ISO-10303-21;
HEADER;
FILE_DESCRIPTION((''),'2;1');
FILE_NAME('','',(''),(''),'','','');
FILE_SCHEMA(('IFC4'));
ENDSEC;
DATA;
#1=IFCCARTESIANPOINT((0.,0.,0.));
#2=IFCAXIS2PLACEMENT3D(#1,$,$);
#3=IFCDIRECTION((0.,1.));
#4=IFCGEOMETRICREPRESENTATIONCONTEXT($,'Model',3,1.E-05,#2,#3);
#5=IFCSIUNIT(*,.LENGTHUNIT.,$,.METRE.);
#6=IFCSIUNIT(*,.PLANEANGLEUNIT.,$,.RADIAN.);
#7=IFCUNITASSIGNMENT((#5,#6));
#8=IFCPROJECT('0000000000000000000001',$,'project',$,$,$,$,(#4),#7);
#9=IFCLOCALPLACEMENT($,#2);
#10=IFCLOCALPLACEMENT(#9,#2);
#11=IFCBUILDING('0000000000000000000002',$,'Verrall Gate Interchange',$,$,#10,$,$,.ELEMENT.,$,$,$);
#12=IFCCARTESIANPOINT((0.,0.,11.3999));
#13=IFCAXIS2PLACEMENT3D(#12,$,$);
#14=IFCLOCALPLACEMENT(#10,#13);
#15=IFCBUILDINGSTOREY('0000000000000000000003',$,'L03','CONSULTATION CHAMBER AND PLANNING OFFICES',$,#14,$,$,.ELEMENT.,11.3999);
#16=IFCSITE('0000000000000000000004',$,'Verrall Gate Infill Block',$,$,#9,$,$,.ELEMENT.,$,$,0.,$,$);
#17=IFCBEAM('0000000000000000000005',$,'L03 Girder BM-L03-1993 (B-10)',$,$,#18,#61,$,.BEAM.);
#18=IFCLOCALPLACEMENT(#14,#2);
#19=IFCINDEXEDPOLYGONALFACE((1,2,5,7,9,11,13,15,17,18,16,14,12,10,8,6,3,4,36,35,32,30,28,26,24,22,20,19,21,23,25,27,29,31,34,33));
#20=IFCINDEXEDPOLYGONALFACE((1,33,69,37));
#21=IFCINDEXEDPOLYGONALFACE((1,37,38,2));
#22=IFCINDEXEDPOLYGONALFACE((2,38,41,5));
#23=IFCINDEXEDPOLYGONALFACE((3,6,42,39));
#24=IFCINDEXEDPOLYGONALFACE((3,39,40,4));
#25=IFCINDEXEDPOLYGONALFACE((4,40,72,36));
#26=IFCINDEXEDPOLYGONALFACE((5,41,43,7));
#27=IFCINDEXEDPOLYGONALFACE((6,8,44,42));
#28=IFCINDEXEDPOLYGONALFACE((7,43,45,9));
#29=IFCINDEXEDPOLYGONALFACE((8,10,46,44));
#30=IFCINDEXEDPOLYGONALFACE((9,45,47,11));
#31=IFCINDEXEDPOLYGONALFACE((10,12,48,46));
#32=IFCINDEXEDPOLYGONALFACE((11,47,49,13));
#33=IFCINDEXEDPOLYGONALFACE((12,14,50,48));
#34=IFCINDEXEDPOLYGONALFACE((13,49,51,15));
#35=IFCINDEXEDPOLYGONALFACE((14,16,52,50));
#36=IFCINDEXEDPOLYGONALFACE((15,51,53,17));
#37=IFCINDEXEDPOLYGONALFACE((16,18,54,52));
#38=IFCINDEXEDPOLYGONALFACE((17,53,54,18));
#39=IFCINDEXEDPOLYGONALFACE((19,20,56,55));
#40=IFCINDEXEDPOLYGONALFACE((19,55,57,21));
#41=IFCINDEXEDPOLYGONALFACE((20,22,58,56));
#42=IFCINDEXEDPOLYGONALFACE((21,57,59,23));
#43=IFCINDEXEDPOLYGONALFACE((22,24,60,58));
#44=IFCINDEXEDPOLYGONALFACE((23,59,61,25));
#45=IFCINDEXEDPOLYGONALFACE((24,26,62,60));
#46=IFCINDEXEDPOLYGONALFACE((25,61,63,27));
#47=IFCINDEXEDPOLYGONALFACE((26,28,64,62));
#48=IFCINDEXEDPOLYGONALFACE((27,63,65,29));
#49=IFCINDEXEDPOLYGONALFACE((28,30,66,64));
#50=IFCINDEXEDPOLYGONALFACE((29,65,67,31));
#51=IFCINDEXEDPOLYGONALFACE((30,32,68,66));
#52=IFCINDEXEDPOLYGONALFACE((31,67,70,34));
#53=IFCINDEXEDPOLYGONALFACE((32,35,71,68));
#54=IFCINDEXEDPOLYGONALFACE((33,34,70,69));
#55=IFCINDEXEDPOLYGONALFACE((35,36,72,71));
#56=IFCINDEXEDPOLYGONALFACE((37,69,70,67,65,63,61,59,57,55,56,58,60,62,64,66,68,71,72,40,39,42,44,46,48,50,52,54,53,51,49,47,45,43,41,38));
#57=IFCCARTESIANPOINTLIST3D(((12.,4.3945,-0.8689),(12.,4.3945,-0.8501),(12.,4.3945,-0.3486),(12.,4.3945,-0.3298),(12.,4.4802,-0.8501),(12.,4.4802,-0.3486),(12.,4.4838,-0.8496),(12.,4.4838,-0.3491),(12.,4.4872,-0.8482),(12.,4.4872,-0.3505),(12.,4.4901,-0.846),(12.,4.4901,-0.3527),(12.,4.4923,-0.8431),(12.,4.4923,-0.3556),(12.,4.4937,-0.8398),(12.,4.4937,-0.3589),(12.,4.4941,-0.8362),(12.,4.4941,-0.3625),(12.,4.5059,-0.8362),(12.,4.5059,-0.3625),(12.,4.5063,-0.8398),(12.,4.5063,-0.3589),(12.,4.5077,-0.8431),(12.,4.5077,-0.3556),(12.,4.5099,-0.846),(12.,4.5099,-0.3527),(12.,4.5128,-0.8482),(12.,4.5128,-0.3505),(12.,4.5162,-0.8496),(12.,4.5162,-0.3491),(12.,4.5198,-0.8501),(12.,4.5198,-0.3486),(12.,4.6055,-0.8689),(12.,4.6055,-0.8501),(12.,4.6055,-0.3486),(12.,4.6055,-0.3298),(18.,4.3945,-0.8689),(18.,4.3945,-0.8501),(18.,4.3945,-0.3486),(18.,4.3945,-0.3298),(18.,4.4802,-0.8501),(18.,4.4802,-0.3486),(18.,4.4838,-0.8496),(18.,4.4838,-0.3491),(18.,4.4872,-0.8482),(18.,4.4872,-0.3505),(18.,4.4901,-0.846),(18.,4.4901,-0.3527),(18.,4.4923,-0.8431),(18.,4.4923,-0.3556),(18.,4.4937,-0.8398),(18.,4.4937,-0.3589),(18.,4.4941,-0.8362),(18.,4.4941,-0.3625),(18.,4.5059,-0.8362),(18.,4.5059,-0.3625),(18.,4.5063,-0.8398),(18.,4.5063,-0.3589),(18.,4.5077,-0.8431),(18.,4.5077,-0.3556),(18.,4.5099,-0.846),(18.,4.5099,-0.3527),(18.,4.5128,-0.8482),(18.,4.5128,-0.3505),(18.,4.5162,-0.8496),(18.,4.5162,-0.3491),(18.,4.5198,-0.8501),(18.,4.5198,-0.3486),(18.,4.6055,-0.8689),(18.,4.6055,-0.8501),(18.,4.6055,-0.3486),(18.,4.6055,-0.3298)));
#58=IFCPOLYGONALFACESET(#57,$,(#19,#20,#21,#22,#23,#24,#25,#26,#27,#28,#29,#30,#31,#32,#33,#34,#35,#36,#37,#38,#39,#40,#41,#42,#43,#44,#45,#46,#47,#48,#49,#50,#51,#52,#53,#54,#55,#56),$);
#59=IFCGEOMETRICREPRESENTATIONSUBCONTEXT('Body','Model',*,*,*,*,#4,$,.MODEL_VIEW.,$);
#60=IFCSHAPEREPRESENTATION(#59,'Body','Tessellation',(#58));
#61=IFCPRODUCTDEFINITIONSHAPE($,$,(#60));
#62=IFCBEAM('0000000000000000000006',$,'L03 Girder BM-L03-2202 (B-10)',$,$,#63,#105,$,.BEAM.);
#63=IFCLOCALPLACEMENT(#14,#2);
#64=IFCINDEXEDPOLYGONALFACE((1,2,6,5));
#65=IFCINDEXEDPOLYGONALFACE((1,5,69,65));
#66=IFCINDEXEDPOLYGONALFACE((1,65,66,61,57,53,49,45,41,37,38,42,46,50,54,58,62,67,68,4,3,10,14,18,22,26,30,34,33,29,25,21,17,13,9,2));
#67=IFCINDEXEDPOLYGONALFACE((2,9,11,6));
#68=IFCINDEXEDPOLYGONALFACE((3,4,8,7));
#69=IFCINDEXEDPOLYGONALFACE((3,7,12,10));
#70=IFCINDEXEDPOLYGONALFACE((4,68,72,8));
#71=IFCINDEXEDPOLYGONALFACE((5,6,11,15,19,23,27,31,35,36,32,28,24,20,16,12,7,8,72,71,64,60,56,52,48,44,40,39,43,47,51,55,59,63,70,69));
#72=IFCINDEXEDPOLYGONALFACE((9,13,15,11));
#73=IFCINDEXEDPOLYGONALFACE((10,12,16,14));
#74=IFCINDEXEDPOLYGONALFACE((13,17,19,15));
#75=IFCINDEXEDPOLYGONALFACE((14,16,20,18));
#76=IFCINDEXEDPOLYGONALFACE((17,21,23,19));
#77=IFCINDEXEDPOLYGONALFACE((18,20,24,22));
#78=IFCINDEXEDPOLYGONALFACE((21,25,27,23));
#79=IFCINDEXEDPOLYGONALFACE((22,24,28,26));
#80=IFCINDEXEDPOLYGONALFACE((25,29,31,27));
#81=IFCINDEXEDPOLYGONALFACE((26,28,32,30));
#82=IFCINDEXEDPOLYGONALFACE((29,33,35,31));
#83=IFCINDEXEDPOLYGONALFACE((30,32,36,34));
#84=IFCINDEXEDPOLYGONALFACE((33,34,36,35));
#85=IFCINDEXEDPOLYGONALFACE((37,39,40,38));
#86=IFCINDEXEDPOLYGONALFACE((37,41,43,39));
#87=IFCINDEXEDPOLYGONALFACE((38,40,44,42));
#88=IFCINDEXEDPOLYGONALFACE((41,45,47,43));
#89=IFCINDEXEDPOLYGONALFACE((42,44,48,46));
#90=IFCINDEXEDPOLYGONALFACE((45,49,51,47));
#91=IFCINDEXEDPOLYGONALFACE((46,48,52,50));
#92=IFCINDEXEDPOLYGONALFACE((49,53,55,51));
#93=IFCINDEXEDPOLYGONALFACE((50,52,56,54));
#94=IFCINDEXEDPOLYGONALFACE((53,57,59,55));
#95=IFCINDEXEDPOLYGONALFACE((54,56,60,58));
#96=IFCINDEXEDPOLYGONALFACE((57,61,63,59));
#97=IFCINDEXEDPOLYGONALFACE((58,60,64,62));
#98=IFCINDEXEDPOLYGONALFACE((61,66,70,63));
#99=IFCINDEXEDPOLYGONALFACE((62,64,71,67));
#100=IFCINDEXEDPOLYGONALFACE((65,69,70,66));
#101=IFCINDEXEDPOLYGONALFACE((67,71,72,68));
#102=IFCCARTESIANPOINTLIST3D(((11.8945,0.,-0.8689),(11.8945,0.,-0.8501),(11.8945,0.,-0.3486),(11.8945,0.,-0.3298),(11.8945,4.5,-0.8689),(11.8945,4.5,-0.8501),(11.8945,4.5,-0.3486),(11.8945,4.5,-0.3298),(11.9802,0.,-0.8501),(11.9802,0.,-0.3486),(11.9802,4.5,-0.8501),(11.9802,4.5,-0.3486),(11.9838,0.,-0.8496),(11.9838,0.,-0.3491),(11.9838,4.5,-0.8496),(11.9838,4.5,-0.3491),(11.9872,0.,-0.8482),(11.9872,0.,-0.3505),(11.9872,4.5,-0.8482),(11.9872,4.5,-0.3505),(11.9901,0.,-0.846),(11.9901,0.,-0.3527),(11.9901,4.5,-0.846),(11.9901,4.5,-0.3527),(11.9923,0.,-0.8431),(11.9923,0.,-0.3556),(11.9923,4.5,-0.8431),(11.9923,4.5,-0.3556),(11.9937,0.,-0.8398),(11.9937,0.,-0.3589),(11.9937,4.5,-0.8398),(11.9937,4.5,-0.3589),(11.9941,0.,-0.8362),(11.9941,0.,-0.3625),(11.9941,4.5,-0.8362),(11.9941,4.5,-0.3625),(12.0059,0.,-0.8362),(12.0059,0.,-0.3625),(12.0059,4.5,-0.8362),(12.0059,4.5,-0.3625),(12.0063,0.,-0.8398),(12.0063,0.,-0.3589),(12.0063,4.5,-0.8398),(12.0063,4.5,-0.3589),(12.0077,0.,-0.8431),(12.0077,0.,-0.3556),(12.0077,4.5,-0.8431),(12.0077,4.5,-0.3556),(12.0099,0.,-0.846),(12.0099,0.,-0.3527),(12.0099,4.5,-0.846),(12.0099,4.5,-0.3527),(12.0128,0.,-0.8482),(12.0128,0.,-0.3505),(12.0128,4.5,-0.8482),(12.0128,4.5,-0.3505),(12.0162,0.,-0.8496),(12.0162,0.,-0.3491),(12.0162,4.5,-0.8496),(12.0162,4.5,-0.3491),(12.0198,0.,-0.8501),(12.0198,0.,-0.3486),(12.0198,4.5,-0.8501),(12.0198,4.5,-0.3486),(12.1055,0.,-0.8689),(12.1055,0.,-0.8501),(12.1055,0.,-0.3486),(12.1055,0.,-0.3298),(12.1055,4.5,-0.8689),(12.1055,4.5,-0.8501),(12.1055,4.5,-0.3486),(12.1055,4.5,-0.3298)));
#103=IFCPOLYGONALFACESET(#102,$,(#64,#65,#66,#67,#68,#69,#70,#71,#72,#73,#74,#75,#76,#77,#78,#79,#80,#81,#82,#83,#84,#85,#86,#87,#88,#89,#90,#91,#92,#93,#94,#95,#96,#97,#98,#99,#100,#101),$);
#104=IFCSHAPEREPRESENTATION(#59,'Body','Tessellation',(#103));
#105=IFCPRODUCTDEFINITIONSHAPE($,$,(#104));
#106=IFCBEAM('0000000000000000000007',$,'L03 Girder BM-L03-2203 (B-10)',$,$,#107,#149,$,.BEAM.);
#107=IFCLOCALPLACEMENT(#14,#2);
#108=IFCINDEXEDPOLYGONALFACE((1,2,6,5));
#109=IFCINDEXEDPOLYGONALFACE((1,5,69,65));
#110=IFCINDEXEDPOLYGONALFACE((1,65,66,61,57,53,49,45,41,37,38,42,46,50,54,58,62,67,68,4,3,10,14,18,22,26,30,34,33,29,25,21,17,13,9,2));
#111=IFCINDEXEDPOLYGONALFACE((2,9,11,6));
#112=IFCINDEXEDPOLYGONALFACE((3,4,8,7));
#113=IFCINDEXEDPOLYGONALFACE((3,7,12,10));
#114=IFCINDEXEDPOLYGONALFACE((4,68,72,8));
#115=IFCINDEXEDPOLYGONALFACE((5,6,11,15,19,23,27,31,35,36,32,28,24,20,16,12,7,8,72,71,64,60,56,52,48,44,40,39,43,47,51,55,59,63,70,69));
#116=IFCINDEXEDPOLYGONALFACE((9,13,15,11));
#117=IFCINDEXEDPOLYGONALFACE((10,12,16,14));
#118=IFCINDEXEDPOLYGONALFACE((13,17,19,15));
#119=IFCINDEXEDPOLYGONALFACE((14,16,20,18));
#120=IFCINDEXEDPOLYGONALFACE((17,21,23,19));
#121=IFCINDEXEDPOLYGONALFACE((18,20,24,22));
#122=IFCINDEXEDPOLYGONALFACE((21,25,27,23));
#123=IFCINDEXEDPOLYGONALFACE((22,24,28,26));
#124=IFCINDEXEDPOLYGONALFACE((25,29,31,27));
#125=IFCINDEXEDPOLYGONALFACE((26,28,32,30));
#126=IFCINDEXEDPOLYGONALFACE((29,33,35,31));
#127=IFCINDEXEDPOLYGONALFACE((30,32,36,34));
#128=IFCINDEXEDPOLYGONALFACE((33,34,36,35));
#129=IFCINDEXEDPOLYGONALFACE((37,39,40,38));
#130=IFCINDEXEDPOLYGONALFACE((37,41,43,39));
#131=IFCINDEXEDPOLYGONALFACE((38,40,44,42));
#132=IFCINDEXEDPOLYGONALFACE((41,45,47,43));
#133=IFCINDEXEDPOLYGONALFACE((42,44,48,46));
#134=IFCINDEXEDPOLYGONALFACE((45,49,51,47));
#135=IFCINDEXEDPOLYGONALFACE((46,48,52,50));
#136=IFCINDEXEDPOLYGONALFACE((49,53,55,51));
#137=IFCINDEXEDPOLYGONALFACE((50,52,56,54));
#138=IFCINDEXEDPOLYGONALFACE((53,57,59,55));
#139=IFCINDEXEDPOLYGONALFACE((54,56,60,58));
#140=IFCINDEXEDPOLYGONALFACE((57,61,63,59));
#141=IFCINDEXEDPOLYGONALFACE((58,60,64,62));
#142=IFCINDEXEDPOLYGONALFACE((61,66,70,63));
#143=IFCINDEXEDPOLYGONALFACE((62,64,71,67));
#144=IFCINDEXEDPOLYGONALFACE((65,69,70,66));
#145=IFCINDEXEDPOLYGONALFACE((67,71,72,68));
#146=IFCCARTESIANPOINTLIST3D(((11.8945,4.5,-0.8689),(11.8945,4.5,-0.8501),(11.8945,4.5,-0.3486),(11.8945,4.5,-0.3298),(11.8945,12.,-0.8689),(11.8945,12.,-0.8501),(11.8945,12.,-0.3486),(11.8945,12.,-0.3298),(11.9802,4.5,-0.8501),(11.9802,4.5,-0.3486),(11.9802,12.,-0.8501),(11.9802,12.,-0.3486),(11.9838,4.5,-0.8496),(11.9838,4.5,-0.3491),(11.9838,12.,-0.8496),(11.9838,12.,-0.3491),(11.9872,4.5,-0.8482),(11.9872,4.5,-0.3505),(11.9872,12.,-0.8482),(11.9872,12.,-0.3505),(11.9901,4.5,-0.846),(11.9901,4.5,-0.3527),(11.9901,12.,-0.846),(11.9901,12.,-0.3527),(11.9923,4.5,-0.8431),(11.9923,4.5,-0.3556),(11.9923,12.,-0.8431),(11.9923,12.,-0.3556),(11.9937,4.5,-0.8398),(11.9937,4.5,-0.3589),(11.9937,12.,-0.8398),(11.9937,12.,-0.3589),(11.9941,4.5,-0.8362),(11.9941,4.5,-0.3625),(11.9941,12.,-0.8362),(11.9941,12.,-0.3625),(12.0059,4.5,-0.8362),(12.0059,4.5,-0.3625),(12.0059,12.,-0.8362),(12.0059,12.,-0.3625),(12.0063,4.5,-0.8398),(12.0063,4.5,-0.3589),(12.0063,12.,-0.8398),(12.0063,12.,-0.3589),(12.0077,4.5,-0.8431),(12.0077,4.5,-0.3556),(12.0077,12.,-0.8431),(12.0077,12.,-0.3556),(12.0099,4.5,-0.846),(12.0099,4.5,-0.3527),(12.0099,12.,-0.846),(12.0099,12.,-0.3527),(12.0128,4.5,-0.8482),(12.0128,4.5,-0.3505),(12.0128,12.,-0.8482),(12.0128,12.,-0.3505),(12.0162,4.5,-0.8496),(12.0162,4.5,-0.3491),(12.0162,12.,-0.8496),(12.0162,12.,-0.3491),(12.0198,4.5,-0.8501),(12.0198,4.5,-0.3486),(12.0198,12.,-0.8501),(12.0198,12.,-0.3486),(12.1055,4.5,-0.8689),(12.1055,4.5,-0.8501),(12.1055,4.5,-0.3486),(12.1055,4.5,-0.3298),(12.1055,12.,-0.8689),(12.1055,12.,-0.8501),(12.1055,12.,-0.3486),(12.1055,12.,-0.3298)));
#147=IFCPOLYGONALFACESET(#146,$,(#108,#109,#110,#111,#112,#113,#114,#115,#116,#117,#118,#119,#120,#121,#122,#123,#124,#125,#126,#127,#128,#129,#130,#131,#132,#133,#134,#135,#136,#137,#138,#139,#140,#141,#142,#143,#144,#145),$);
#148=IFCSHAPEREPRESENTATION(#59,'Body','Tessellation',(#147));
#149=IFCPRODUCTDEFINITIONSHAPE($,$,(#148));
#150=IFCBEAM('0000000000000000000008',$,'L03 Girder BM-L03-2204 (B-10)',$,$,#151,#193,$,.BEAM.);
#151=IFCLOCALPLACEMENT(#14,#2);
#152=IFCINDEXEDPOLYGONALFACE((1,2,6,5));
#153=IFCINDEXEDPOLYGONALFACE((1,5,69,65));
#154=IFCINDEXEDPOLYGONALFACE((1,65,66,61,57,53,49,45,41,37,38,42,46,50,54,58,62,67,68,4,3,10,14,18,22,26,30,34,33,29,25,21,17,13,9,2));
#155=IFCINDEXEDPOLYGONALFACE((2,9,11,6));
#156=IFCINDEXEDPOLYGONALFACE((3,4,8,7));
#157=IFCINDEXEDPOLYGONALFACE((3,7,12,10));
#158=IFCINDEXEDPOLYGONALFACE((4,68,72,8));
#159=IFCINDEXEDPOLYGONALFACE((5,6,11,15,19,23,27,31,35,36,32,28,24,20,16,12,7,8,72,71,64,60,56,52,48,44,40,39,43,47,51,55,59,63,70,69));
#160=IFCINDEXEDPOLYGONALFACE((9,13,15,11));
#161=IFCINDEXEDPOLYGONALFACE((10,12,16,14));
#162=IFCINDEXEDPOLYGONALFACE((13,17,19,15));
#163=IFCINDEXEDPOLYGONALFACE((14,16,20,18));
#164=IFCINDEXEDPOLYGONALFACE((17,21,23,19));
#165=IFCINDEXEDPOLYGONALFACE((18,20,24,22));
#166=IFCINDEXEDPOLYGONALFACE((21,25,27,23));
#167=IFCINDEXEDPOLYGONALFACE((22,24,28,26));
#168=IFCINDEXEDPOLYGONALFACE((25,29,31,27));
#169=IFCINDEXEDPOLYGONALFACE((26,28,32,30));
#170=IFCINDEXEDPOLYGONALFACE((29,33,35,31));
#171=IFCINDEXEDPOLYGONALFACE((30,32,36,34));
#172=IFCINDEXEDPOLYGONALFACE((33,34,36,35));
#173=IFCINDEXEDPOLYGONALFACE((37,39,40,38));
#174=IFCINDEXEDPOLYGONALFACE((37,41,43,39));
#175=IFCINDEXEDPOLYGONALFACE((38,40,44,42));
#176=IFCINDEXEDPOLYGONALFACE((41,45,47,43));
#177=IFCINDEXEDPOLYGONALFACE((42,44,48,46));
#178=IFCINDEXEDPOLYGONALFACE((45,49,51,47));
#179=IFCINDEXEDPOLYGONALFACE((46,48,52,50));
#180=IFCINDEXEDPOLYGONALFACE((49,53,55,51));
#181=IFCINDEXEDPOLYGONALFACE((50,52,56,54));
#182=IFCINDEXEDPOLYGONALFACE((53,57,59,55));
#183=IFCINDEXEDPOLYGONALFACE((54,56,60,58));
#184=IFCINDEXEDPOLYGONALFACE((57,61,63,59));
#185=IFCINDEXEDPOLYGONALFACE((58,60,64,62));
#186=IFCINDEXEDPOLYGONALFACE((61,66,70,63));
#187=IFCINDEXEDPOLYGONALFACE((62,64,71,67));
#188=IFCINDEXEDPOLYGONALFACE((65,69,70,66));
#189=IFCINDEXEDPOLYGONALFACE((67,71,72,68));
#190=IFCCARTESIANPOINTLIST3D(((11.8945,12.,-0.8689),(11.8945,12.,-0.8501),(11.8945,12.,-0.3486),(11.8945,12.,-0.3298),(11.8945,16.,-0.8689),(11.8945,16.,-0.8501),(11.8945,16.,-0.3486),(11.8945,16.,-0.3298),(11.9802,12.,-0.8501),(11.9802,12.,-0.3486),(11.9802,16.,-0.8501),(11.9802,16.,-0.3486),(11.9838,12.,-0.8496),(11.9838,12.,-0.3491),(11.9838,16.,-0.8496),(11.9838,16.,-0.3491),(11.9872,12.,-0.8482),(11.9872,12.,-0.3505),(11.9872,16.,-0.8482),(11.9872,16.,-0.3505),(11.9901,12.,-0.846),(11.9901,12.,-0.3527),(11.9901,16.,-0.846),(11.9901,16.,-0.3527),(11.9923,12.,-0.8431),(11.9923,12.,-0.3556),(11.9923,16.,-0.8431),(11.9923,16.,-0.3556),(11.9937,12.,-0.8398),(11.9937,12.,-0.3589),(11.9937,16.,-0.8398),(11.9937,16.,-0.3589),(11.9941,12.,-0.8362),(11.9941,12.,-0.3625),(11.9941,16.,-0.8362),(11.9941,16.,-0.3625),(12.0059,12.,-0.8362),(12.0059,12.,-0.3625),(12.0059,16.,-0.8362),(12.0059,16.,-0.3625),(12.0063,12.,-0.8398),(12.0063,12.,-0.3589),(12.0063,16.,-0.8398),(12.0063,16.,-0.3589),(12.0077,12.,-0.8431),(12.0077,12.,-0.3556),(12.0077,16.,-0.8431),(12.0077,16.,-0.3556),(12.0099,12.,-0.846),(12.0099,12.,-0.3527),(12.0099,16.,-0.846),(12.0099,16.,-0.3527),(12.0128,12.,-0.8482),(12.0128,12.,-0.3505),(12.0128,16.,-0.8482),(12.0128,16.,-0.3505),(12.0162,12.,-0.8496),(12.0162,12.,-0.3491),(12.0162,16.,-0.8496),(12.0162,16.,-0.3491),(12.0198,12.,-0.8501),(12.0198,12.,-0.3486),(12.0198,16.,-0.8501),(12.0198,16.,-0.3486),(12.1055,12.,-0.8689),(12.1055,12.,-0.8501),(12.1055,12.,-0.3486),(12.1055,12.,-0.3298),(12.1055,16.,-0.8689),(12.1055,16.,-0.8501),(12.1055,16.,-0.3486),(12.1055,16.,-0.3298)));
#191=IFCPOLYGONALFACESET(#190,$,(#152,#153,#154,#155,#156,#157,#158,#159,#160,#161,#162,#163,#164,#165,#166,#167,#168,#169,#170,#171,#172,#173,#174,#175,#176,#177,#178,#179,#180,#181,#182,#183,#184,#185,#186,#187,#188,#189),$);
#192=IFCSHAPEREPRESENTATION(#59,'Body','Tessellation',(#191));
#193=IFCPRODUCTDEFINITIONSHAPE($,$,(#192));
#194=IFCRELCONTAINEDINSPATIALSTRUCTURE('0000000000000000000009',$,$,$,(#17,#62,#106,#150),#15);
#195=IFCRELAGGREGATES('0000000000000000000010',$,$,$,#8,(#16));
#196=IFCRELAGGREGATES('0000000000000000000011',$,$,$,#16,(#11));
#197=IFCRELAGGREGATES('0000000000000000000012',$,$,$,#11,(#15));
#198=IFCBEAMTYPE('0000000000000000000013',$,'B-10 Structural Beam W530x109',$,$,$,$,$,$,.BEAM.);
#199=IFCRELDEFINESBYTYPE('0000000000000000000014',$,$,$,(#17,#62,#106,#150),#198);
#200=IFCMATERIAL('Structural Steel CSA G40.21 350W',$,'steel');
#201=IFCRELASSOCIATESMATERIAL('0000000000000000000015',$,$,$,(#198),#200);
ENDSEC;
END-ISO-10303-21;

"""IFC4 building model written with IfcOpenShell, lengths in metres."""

from ifc_helpers import new_model, si_unit, direction, frame, origin, origin_2d, place, context, subcontext, project, spatial, i_section, extrude, material, material_profile, profile_set, type_object, element, save


model = new_model("IFC4")

# Units and contexts
model_context = context("Model", 3, precision=1e-05, world=origin(), true_north=direction((0.0, 1.0)))
body_context = subcontext(model_context, "Body", "Model", "MODEL_VIEW")
ifc_project = project(units=[si_unit("LENGTHUNIT", "METRE"), si_unit("PLANEANGLEUNIT", "RADIAN")], contexts=[model_context])

# Site, building, storey
site_placement = place(None, origin())
site = spatial("IfcSite", under=ifc_project, at=site_placement, Name="Verrall Gate Infill Block", CompositionType="ELEMENT", RefElevation=0.0)
building_placement = place(site_placement, origin())
building = spatial("IfcBuilding", under=site, at=building_placement, Name="Verrall Gate Interchange", CompositionType="ELEMENT")
storey_placement = place(building_placement, frame((0.0, 0.0, 11.3999)))
storey = spatial("IfcBuildingStorey", under=building, at=storey_placement, Name="L03", Description="CONSULTATION CHAMBER AND PLANNING OFFICES", CompositionType="ELEMENT", Elevation=11.3999)

# Beams
ifc_material_1 = material(Name="Structural Steel CSA G40.21 350W", Category="steel")
ifc_material_profile_1 = material_profile(ifc_material_1, i_section(OverallWidth=0.2109, OverallDepth=0.5391, WebThickness=0.0117, FlangeThickness=0.0188, FilletRadius=0.0139, at=origin_2d()), Name="W530x109")
ifc_profile_set_1 = profile_set([ifc_material_profile_1], Name="Structural Steel CSA G40.21 350W")
beam_type_1 = type_object("IfcBeamType", Name="B-10 Structural Beam W530x109", PredefinedType="BEAM", material=ifc_profile_set_1)
beam_1_placement = place(storey_placement, frame((12.0, 4.5, -0.5994), z_axis=(1.0, 0.0, 0.0), x_axis=(0.0, 1.0, 0.0)))
element("IfcBeam", 1, at=beam_1_placement, inside=storey, type_object=beam_type_1, Name="L03 Girder BM-L03-1993 (B-10)", PredefinedType="BEAM", context=body_context, shape_type="SweptSolid", body=[
    extrude(i_section(OverallWidth=0.2109, OverallDepth=0.5391, WebThickness=0.0117, FlangeThickness=0.0188, FilletRadius=0.0139, at=origin_2d()), origin(), (0.0, 0.0, 1.0), 6.0),
])
beam_2_placement = place(storey_placement, frame((12.0, 0.0, -0.5994), z_axis=(0.0, 1.0, 0.0), x_axis=(-1.0, 0.0, 0.0)))
element("IfcBeam", 2, at=beam_2_placement, inside=storey, type_object=beam_type_1, Name="L03 Girder BM-L03-2202 (B-10)", PredefinedType="BEAM", context=body_context, shape_type="SweptSolid", body=[
    extrude(i_section(OverallWidth=0.2109, OverallDepth=0.5391, WebThickness=0.0117, FlangeThickness=0.0188, FilletRadius=0.0139, at=origin_2d()), origin(), (0.0, 0.0, 1.0), 4.5),
])
beam_3_placement = place(storey_placement, frame((12.0, 4.5, -0.5994), z_axis=(0.0, 1.0, 0.0), x_axis=(-1.0, 0.0, 0.0)))
element("IfcBeam", 3, at=beam_3_placement, inside=storey, type_object=beam_type_1, Name="L03 Girder BM-L03-2203 (B-10)", PredefinedType="BEAM", context=body_context, shape_type="SweptSolid", body=[
    extrude(i_section(OverallWidth=0.2109, OverallDepth=0.5391, WebThickness=0.0117, FlangeThickness=0.0188, FilletRadius=0.0139, at=origin_2d()), origin(), (0.0, 0.0, 1.0), 7.5),
])
beam_4_placement = place(storey_placement, frame((12.0, 12.0, -0.5994), z_axis=(0.0, 1.0, 0.0), x_axis=(-1.0, 0.0, 0.0)))
element("IfcBeam", 4, at=beam_4_placement, inside=storey, type_object=beam_type_1, Name="L03 Girder BM-L03-2204 (B-10)", PredefinedType="BEAM", context=body_context, shape_type="SweptSolid", body=[
    extrude(i_section(OverallWidth=0.2109, OverallDepth=0.5391, WebThickness=0.0117, FlangeThickness=0.0188, FilletRadius=0.0139, at=origin_2d()), origin(), (0.0, 0.0, 1.0), 4.0),
])

save(model, "model.ifc")
